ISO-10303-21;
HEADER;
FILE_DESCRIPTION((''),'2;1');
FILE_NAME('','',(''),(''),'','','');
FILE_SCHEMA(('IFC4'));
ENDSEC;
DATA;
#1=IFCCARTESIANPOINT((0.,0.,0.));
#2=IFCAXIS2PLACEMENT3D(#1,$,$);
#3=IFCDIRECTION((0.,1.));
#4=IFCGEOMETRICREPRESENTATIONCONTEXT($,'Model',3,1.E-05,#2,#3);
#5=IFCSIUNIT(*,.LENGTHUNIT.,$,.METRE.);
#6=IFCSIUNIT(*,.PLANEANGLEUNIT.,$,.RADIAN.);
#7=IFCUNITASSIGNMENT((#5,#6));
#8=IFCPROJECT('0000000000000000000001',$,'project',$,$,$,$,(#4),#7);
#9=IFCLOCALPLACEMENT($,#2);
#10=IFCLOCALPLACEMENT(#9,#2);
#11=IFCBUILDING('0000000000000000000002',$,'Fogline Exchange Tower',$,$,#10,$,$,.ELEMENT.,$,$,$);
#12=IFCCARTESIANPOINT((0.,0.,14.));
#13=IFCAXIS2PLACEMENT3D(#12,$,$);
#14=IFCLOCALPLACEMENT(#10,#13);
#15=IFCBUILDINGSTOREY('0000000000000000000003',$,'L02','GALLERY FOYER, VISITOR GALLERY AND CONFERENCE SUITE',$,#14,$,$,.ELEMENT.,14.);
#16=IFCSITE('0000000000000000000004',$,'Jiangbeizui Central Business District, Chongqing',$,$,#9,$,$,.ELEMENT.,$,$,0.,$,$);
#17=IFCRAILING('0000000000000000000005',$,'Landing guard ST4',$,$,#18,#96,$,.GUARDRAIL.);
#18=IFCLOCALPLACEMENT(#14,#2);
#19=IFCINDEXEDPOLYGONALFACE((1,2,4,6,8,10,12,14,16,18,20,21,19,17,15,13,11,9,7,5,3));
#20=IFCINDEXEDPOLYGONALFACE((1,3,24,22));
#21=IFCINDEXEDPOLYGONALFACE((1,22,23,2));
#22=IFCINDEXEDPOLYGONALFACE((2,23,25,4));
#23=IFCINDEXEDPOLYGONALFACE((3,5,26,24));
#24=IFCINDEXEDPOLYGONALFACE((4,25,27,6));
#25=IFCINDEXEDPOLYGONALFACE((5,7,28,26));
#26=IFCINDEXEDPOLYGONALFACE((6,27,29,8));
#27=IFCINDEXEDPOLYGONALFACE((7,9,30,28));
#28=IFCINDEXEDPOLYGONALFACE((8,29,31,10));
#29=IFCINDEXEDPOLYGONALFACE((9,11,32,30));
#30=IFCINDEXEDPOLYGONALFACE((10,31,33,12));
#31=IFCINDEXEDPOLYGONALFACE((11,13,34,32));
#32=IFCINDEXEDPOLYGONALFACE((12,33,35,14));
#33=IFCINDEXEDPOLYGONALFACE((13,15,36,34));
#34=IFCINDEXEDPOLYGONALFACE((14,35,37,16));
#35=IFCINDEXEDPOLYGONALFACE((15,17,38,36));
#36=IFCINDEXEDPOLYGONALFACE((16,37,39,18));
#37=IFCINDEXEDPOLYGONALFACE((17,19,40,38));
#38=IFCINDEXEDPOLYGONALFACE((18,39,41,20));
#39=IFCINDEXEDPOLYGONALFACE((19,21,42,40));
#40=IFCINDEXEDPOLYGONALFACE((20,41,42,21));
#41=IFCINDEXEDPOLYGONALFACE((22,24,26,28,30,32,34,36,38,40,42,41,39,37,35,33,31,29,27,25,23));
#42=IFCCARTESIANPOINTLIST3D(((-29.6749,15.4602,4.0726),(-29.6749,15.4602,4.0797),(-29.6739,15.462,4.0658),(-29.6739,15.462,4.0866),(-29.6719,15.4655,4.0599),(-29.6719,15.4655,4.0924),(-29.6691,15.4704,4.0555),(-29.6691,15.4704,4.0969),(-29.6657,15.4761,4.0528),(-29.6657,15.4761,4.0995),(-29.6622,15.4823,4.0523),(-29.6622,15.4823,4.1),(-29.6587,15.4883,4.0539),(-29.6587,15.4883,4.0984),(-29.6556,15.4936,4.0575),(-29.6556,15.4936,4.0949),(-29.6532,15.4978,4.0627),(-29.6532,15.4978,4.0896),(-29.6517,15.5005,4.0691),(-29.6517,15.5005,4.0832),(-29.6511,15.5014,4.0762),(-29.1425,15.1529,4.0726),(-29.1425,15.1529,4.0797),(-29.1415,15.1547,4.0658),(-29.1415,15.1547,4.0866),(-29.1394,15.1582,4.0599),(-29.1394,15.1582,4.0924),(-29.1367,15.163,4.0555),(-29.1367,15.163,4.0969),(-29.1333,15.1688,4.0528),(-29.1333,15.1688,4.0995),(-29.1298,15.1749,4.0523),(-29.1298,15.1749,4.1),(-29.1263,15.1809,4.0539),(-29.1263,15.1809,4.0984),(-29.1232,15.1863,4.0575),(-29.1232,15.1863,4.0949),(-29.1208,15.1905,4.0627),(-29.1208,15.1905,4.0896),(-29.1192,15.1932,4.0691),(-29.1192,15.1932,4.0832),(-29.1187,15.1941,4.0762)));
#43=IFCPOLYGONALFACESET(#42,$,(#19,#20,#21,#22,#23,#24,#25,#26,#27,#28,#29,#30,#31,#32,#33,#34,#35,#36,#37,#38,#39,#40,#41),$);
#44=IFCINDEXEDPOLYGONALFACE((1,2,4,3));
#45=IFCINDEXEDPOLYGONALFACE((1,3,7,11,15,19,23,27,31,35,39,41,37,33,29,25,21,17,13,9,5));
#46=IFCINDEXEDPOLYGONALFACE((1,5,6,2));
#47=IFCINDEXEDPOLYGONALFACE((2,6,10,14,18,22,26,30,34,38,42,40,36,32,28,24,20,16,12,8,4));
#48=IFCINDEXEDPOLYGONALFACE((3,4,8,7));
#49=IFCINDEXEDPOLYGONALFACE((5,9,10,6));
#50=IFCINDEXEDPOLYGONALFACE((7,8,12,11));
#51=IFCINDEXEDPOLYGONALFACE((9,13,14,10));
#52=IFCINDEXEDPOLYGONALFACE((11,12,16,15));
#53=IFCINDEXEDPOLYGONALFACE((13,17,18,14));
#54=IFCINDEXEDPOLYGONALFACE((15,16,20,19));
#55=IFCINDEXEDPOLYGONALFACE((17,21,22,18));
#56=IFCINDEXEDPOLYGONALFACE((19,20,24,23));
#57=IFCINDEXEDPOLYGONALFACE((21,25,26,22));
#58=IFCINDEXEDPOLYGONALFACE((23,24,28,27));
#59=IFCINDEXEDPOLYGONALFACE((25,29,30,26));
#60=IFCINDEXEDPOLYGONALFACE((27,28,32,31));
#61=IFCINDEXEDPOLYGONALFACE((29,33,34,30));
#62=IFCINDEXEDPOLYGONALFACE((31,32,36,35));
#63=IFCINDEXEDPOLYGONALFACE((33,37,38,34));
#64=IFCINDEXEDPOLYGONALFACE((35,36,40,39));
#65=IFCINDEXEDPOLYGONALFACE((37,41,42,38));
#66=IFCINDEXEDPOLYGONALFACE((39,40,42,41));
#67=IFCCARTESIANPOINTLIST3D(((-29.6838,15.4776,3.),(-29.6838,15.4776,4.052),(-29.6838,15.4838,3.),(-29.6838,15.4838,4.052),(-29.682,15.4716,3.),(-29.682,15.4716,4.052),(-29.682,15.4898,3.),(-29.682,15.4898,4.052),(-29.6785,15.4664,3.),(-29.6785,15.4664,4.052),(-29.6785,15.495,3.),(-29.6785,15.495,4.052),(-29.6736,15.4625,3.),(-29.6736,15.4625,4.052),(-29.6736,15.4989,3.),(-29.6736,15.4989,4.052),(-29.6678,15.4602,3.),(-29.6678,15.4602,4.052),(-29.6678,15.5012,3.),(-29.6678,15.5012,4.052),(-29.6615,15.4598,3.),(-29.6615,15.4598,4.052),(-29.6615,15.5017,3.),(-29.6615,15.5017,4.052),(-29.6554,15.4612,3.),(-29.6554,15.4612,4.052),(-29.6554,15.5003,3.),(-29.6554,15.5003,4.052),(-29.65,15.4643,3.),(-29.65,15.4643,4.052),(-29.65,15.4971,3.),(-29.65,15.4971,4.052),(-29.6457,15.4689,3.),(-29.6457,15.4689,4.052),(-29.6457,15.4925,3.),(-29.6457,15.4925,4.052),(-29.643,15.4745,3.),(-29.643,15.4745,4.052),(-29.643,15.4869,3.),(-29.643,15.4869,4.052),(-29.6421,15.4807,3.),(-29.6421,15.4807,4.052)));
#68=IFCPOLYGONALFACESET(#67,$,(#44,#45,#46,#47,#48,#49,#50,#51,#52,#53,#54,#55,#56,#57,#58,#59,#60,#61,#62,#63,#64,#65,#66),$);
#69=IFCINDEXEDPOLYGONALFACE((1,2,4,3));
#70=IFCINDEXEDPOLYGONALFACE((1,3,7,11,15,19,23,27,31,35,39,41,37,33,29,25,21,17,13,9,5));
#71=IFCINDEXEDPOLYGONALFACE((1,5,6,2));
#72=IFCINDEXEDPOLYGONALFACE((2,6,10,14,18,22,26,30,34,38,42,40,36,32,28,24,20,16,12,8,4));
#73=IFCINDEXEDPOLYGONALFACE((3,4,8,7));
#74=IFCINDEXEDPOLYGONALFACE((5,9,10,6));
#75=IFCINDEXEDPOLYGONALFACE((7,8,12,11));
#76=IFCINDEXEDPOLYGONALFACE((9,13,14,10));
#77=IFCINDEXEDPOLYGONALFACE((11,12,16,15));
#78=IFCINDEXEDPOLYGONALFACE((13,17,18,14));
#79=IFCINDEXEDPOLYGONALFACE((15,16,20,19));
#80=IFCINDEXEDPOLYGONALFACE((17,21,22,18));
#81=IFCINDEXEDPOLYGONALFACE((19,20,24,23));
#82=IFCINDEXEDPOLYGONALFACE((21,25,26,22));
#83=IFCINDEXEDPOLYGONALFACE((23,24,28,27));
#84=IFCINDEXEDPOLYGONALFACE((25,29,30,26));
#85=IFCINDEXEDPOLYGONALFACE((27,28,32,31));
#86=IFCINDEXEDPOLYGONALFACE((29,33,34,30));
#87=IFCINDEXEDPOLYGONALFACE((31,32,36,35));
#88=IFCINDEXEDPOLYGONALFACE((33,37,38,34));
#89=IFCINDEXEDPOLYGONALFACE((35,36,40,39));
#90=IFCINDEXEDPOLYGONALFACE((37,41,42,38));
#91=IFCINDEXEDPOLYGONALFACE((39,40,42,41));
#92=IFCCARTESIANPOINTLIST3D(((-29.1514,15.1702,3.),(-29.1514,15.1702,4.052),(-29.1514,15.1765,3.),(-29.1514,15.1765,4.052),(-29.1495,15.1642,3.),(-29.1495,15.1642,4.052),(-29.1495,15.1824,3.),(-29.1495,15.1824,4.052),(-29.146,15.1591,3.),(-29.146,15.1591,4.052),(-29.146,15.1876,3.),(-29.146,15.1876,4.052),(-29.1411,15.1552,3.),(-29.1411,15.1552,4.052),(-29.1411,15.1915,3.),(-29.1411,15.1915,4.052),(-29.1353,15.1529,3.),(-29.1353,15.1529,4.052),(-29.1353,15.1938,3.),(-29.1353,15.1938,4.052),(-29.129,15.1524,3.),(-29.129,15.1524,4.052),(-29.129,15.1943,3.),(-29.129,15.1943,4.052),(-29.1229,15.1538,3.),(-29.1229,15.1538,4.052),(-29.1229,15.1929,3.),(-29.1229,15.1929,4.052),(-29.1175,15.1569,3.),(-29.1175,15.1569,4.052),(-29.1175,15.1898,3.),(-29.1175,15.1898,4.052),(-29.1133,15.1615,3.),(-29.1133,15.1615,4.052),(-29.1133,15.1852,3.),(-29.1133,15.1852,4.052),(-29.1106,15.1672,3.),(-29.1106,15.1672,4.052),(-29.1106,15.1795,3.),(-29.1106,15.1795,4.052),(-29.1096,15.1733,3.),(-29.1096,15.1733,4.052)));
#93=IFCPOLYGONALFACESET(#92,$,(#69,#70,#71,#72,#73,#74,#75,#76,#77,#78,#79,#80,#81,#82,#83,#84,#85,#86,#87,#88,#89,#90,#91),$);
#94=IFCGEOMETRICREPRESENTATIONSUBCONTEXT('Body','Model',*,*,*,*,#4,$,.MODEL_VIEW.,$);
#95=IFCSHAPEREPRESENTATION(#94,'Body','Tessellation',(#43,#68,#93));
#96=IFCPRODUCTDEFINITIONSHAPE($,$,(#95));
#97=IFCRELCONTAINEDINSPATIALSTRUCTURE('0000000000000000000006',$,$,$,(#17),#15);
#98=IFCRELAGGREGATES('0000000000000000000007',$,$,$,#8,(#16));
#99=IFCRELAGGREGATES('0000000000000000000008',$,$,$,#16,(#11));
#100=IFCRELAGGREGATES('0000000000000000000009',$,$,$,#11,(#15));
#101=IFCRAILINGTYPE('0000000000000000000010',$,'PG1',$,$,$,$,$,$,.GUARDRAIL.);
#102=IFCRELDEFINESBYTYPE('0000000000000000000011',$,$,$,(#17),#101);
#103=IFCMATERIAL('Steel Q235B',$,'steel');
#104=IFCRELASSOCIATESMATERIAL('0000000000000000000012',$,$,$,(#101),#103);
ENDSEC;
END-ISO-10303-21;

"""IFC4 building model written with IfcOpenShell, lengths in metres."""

from ifc_helpers import new_model, si_unit, direction, frame, origin, origin_2d, place, context, subcontext, project, spatial, circle, extrude, material, type_object, element, save


model = new_model("IFC4")

# Units and contexts
model_context = context("Model", 3, precision=1e-05, world=origin(), true_north=direction((0.0, 1.0)))
body_context = subcontext(model_context, "Body", "Model", "MODEL_VIEW")
ifc_project = project(units=[si_unit("LENGTHUNIT", "METRE"), si_unit("PLANEANGLEUNIT", "RADIAN")], contexts=[model_context])

# Site, building, storey
site_placement = place(None, origin())
site = spatial("IfcSite", under=ifc_project, at=site_placement, Name="Jiangbeizui Central Business District, Chongqing", CompositionType="ELEMENT", RefElevation=0.0)
building_placement = place(site_placement, origin())
building = spatial("IfcBuilding", under=site, at=building_placement, Name="Fogline Exchange Tower", CompositionType="ELEMENT")
storey_placement = place(building_placement, frame((0.0, 0.0, 14.0)))
storey = spatial("IfcBuildingStorey", under=building, at=storey_placement, Name="L02", Description="GALLERY FOYER, VISITOR GALLERY AND CONFERENCE SUITE", CompositionType="ELEMENT", Elevation=14.0)

# Railing
ifc_material_1 = material(Name="Steel Q235B", Category="steel")
railing_type_1 = type_object("IfcRailingType", Name="PG1", PredefinedType="GUARDRAIL", material=ifc_material_1)
railing_1_placement = place(storey_placement, frame((-29.6631, 15.4807, 3.0)))
element("IfcRailing", 1, at=railing_1_placement, inside=storey, type_object=railing_type_1, Name="Landing guard ST4", PredefinedType="GUARDRAIL", context=body_context, shape_type="SweptSolid", body=[
    extrude(circle(Radius=0.0239, at=origin_2d()), frame((0.0, 0.0, 1.0762), z_axis=(0.86606, -0.49994, 0.0), x_axis=(0.49994, 0.86606, 0.0)), (0.0, 0.0, 1.0), 0.6147),
    extrude(circle(Radius=0.021, at=origin_2d()), origin(), (0.0, 0.0, 1.0), 1.052),
    extrude(circle(Radius=0.021, at=origin_2d()), frame((0.5325, -0.3074, 0.0)), (0.0, 0.0, 1.0), 1.052),
])

save(model, "model.ifc")
